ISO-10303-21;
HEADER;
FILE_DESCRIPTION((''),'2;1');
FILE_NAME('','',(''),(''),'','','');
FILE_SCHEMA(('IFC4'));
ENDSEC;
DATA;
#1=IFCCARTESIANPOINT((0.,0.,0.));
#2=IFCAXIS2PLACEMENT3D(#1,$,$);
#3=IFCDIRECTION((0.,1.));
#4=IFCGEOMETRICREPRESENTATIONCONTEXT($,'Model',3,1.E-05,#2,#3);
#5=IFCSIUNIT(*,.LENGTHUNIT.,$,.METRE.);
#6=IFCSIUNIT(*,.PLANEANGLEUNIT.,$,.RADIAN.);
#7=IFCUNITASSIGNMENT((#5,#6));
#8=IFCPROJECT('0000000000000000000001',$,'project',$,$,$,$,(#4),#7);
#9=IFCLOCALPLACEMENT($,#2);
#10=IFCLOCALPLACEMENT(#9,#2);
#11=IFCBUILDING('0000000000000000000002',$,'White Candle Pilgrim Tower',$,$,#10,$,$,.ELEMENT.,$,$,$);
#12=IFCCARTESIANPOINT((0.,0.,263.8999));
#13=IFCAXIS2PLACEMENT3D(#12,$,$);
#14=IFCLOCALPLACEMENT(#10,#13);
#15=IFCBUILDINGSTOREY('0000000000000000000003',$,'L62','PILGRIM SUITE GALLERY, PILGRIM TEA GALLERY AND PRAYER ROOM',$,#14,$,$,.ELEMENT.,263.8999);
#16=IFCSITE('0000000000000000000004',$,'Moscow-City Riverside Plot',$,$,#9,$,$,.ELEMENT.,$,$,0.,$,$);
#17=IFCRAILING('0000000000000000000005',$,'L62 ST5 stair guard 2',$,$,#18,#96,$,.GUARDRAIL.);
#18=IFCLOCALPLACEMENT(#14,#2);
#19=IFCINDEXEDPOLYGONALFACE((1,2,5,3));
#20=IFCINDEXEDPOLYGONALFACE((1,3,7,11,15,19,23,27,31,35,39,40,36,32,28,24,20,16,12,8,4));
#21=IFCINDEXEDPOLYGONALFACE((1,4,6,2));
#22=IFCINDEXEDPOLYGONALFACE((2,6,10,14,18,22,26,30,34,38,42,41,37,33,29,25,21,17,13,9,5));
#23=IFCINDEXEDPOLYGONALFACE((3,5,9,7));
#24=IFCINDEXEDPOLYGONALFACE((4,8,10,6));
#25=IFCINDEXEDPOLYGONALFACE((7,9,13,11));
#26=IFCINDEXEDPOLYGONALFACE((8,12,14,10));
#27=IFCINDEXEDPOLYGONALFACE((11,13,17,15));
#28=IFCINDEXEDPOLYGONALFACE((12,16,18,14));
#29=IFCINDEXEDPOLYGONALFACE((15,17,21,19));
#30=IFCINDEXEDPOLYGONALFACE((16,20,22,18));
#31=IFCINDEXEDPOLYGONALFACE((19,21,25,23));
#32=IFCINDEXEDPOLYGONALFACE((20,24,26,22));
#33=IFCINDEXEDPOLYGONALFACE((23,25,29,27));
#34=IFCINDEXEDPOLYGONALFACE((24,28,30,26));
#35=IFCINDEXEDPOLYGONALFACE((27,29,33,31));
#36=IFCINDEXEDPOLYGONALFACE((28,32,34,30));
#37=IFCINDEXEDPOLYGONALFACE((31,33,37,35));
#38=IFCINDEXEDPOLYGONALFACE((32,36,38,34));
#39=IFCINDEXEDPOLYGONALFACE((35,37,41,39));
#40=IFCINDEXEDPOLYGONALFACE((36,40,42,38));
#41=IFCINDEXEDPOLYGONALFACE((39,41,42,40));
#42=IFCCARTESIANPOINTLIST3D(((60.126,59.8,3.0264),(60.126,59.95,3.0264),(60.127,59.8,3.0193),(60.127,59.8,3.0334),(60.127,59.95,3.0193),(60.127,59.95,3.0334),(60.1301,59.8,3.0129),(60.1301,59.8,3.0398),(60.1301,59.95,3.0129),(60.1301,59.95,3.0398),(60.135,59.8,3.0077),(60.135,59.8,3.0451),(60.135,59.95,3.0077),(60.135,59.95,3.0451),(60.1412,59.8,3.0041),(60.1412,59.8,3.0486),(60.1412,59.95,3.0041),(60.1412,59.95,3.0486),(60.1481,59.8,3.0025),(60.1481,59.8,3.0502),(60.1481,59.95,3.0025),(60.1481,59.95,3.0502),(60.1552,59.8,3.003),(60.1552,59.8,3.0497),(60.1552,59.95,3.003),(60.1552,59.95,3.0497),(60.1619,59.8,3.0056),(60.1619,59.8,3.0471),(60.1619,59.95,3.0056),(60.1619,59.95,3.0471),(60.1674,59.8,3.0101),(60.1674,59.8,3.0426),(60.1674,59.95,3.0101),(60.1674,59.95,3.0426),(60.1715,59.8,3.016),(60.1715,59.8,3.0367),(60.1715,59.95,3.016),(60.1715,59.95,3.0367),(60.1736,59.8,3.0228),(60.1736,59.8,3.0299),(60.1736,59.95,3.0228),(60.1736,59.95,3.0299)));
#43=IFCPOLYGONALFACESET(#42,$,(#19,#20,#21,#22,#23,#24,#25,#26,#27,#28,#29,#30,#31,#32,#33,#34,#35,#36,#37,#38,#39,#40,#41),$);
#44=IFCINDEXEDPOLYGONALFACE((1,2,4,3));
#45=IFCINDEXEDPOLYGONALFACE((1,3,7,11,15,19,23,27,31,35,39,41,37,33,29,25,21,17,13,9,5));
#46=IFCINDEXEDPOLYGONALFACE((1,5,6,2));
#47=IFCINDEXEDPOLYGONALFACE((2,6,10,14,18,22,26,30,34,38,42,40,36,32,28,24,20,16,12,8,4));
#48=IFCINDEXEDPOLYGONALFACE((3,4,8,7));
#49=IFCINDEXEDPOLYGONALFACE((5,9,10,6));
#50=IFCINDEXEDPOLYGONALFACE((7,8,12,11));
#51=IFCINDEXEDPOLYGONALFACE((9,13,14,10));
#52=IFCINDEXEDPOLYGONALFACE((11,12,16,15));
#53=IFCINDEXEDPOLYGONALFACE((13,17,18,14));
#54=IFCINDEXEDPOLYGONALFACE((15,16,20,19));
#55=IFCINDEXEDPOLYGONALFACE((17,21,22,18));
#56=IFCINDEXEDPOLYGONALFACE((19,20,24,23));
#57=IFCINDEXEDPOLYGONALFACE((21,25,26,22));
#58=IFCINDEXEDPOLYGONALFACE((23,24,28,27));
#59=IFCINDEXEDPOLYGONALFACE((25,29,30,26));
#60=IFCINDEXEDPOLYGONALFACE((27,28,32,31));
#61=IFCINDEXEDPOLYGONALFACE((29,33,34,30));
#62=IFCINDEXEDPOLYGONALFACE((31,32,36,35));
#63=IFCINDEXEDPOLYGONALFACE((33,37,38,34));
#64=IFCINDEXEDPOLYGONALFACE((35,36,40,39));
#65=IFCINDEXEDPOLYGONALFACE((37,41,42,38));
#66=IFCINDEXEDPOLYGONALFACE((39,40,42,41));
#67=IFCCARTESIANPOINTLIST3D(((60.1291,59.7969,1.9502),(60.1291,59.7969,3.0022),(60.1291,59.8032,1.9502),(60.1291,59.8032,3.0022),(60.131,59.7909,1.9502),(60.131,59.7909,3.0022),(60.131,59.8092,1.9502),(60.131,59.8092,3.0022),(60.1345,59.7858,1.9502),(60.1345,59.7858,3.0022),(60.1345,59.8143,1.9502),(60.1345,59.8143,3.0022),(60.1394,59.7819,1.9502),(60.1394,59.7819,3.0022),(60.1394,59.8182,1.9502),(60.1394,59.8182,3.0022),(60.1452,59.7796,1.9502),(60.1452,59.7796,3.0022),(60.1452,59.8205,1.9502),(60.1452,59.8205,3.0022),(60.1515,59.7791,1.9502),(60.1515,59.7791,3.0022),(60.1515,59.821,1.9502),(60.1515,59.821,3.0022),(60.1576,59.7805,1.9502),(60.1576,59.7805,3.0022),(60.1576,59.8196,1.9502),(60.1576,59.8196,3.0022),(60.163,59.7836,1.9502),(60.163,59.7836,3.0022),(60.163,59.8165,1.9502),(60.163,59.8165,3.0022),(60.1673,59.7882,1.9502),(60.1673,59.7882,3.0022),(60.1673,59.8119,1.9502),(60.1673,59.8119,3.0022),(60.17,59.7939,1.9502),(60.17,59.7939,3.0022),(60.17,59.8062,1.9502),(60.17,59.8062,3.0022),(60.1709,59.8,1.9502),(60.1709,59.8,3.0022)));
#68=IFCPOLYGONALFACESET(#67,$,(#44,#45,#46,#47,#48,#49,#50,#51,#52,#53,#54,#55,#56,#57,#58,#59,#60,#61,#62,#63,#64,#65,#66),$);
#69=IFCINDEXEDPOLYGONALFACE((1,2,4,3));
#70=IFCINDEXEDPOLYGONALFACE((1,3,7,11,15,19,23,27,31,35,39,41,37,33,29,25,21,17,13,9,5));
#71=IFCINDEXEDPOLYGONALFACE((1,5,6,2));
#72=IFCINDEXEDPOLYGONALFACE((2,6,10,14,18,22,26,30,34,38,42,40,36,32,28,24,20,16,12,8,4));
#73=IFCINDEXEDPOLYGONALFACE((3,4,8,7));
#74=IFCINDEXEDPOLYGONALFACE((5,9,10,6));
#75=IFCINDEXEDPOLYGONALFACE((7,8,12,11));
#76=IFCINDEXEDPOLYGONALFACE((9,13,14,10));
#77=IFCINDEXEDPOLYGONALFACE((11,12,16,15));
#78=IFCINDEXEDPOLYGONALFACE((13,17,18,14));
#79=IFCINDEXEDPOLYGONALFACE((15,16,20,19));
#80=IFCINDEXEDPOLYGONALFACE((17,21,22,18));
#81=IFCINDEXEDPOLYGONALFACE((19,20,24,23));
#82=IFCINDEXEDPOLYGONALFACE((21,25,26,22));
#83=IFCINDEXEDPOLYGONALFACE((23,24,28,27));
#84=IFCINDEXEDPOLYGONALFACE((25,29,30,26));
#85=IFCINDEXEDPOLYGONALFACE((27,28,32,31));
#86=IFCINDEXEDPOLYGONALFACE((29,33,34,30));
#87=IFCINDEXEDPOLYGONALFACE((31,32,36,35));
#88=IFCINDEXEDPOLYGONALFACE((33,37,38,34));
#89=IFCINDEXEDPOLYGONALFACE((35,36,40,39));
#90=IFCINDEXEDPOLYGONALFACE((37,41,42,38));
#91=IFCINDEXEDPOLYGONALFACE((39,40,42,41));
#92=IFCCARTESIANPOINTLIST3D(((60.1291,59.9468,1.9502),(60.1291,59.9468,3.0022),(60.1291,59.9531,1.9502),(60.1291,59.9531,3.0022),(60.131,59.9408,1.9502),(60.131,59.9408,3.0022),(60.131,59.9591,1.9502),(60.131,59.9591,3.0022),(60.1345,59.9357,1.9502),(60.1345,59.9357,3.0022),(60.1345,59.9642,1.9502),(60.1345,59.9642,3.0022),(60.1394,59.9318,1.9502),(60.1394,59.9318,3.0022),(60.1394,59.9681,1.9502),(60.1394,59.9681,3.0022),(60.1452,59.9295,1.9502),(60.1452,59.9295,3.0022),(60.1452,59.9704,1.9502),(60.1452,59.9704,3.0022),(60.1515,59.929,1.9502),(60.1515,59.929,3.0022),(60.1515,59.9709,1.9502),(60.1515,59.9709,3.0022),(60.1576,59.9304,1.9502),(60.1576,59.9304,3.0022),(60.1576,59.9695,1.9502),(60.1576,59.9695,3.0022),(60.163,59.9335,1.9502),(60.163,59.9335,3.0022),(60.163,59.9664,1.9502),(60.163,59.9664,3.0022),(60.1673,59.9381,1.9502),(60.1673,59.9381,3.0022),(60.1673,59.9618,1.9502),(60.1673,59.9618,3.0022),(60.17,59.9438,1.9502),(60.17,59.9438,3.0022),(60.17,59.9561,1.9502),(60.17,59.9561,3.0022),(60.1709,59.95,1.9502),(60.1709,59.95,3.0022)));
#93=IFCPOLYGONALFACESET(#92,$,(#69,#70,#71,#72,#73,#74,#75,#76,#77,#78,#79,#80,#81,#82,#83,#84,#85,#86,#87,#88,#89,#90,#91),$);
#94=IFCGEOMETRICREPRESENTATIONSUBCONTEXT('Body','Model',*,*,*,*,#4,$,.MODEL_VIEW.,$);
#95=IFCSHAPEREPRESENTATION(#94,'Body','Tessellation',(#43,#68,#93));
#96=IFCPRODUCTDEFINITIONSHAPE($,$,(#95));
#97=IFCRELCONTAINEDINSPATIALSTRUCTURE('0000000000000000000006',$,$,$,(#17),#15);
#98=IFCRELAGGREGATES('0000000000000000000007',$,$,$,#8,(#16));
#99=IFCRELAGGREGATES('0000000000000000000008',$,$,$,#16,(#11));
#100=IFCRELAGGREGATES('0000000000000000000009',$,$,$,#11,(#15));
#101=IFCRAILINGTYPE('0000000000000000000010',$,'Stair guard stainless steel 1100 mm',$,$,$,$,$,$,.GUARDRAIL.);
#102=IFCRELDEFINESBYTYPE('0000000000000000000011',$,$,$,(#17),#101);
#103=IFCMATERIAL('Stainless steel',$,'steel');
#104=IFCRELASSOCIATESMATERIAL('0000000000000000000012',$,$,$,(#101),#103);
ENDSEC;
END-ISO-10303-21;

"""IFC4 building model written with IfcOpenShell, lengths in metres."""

from ifc_helpers import new_model, si_unit, direction, frame, origin, origin_2d, place, context, subcontext, project, spatial, circle, extrude, material, type_object, element, save


model = new_model("IFC4")

# Units and contexts
model_context = context("Model", 3, precision=1e-05, world=origin(), true_north=direction((0.0, 1.0)))
body_context = subcontext(model_context, "Body", "Model", "MODEL_VIEW")
ifc_project = project(units=[si_unit("LENGTHUNIT", "METRE"), si_unit("PLANEANGLEUNIT", "RADIAN")], contexts=[model_context])

# Site, building, storey
site_placement = place(None, origin())
site = spatial("IfcSite", under=ifc_project, at=site_placement, Name="Moscow-City Riverside Plot", CompositionType="ELEMENT", RefElevation=0.0)
building_placement = place(site_placement, origin())
building = spatial("IfcBuilding", under=site, at=building_placement, Name="White Candle Pilgrim Tower", CompositionType="ELEMENT")
storey_placement = place(building_placement, frame((0.0, 0.0, 263.8999)))
storey = spatial("IfcBuildingStorey", under=building, at=storey_placement, Name="L62", Description="PILGRIM SUITE GALLERY, PILGRIM TEA GALLERY AND PRAYER ROOM", CompositionType="ELEMENT", Elevation=263.8999)

# Railing
ifc_material_1 = material(Name="Stainless steel", Category="steel")
railing_type_1 = type_object("IfcRailingType", Name="Stair guard stainless steel 1100 mm", PredefinedType="GUARDRAIL", material=ifc_material_1)
railing_1_placement = place(storey_placement, frame((60.1499, 59.8, 1.9502)))
element("IfcRailing", 1, at=railing_1_placement, inside=storey, type_object=railing_type_1, Name="L62 ST5 stair guard 2", PredefinedType="GUARDRAIL", context=body_context, shape_type="SweptSolid", body=[
    extrude(circle(Radius=0.0239, at=origin_2d()), frame((0.0, 0.0, 1.0762), z_axis=(0.0, 1.0, 0.0), x_axis=(-1.0, 0.0, 0.0)), (0.0, 0.0, 1.0), 0.1499),
    extrude(circle(Radius=0.021, at=origin_2d()), origin(), (0.0, 0.0, 1.0), 1.052),
    extrude(circle(Radius=0.021, at=origin_2d()), frame((0.0, 0.1499, 0.0)), (0.0, 0.0, 1.0), 1.052),
])

save(model, "model.ifc")
